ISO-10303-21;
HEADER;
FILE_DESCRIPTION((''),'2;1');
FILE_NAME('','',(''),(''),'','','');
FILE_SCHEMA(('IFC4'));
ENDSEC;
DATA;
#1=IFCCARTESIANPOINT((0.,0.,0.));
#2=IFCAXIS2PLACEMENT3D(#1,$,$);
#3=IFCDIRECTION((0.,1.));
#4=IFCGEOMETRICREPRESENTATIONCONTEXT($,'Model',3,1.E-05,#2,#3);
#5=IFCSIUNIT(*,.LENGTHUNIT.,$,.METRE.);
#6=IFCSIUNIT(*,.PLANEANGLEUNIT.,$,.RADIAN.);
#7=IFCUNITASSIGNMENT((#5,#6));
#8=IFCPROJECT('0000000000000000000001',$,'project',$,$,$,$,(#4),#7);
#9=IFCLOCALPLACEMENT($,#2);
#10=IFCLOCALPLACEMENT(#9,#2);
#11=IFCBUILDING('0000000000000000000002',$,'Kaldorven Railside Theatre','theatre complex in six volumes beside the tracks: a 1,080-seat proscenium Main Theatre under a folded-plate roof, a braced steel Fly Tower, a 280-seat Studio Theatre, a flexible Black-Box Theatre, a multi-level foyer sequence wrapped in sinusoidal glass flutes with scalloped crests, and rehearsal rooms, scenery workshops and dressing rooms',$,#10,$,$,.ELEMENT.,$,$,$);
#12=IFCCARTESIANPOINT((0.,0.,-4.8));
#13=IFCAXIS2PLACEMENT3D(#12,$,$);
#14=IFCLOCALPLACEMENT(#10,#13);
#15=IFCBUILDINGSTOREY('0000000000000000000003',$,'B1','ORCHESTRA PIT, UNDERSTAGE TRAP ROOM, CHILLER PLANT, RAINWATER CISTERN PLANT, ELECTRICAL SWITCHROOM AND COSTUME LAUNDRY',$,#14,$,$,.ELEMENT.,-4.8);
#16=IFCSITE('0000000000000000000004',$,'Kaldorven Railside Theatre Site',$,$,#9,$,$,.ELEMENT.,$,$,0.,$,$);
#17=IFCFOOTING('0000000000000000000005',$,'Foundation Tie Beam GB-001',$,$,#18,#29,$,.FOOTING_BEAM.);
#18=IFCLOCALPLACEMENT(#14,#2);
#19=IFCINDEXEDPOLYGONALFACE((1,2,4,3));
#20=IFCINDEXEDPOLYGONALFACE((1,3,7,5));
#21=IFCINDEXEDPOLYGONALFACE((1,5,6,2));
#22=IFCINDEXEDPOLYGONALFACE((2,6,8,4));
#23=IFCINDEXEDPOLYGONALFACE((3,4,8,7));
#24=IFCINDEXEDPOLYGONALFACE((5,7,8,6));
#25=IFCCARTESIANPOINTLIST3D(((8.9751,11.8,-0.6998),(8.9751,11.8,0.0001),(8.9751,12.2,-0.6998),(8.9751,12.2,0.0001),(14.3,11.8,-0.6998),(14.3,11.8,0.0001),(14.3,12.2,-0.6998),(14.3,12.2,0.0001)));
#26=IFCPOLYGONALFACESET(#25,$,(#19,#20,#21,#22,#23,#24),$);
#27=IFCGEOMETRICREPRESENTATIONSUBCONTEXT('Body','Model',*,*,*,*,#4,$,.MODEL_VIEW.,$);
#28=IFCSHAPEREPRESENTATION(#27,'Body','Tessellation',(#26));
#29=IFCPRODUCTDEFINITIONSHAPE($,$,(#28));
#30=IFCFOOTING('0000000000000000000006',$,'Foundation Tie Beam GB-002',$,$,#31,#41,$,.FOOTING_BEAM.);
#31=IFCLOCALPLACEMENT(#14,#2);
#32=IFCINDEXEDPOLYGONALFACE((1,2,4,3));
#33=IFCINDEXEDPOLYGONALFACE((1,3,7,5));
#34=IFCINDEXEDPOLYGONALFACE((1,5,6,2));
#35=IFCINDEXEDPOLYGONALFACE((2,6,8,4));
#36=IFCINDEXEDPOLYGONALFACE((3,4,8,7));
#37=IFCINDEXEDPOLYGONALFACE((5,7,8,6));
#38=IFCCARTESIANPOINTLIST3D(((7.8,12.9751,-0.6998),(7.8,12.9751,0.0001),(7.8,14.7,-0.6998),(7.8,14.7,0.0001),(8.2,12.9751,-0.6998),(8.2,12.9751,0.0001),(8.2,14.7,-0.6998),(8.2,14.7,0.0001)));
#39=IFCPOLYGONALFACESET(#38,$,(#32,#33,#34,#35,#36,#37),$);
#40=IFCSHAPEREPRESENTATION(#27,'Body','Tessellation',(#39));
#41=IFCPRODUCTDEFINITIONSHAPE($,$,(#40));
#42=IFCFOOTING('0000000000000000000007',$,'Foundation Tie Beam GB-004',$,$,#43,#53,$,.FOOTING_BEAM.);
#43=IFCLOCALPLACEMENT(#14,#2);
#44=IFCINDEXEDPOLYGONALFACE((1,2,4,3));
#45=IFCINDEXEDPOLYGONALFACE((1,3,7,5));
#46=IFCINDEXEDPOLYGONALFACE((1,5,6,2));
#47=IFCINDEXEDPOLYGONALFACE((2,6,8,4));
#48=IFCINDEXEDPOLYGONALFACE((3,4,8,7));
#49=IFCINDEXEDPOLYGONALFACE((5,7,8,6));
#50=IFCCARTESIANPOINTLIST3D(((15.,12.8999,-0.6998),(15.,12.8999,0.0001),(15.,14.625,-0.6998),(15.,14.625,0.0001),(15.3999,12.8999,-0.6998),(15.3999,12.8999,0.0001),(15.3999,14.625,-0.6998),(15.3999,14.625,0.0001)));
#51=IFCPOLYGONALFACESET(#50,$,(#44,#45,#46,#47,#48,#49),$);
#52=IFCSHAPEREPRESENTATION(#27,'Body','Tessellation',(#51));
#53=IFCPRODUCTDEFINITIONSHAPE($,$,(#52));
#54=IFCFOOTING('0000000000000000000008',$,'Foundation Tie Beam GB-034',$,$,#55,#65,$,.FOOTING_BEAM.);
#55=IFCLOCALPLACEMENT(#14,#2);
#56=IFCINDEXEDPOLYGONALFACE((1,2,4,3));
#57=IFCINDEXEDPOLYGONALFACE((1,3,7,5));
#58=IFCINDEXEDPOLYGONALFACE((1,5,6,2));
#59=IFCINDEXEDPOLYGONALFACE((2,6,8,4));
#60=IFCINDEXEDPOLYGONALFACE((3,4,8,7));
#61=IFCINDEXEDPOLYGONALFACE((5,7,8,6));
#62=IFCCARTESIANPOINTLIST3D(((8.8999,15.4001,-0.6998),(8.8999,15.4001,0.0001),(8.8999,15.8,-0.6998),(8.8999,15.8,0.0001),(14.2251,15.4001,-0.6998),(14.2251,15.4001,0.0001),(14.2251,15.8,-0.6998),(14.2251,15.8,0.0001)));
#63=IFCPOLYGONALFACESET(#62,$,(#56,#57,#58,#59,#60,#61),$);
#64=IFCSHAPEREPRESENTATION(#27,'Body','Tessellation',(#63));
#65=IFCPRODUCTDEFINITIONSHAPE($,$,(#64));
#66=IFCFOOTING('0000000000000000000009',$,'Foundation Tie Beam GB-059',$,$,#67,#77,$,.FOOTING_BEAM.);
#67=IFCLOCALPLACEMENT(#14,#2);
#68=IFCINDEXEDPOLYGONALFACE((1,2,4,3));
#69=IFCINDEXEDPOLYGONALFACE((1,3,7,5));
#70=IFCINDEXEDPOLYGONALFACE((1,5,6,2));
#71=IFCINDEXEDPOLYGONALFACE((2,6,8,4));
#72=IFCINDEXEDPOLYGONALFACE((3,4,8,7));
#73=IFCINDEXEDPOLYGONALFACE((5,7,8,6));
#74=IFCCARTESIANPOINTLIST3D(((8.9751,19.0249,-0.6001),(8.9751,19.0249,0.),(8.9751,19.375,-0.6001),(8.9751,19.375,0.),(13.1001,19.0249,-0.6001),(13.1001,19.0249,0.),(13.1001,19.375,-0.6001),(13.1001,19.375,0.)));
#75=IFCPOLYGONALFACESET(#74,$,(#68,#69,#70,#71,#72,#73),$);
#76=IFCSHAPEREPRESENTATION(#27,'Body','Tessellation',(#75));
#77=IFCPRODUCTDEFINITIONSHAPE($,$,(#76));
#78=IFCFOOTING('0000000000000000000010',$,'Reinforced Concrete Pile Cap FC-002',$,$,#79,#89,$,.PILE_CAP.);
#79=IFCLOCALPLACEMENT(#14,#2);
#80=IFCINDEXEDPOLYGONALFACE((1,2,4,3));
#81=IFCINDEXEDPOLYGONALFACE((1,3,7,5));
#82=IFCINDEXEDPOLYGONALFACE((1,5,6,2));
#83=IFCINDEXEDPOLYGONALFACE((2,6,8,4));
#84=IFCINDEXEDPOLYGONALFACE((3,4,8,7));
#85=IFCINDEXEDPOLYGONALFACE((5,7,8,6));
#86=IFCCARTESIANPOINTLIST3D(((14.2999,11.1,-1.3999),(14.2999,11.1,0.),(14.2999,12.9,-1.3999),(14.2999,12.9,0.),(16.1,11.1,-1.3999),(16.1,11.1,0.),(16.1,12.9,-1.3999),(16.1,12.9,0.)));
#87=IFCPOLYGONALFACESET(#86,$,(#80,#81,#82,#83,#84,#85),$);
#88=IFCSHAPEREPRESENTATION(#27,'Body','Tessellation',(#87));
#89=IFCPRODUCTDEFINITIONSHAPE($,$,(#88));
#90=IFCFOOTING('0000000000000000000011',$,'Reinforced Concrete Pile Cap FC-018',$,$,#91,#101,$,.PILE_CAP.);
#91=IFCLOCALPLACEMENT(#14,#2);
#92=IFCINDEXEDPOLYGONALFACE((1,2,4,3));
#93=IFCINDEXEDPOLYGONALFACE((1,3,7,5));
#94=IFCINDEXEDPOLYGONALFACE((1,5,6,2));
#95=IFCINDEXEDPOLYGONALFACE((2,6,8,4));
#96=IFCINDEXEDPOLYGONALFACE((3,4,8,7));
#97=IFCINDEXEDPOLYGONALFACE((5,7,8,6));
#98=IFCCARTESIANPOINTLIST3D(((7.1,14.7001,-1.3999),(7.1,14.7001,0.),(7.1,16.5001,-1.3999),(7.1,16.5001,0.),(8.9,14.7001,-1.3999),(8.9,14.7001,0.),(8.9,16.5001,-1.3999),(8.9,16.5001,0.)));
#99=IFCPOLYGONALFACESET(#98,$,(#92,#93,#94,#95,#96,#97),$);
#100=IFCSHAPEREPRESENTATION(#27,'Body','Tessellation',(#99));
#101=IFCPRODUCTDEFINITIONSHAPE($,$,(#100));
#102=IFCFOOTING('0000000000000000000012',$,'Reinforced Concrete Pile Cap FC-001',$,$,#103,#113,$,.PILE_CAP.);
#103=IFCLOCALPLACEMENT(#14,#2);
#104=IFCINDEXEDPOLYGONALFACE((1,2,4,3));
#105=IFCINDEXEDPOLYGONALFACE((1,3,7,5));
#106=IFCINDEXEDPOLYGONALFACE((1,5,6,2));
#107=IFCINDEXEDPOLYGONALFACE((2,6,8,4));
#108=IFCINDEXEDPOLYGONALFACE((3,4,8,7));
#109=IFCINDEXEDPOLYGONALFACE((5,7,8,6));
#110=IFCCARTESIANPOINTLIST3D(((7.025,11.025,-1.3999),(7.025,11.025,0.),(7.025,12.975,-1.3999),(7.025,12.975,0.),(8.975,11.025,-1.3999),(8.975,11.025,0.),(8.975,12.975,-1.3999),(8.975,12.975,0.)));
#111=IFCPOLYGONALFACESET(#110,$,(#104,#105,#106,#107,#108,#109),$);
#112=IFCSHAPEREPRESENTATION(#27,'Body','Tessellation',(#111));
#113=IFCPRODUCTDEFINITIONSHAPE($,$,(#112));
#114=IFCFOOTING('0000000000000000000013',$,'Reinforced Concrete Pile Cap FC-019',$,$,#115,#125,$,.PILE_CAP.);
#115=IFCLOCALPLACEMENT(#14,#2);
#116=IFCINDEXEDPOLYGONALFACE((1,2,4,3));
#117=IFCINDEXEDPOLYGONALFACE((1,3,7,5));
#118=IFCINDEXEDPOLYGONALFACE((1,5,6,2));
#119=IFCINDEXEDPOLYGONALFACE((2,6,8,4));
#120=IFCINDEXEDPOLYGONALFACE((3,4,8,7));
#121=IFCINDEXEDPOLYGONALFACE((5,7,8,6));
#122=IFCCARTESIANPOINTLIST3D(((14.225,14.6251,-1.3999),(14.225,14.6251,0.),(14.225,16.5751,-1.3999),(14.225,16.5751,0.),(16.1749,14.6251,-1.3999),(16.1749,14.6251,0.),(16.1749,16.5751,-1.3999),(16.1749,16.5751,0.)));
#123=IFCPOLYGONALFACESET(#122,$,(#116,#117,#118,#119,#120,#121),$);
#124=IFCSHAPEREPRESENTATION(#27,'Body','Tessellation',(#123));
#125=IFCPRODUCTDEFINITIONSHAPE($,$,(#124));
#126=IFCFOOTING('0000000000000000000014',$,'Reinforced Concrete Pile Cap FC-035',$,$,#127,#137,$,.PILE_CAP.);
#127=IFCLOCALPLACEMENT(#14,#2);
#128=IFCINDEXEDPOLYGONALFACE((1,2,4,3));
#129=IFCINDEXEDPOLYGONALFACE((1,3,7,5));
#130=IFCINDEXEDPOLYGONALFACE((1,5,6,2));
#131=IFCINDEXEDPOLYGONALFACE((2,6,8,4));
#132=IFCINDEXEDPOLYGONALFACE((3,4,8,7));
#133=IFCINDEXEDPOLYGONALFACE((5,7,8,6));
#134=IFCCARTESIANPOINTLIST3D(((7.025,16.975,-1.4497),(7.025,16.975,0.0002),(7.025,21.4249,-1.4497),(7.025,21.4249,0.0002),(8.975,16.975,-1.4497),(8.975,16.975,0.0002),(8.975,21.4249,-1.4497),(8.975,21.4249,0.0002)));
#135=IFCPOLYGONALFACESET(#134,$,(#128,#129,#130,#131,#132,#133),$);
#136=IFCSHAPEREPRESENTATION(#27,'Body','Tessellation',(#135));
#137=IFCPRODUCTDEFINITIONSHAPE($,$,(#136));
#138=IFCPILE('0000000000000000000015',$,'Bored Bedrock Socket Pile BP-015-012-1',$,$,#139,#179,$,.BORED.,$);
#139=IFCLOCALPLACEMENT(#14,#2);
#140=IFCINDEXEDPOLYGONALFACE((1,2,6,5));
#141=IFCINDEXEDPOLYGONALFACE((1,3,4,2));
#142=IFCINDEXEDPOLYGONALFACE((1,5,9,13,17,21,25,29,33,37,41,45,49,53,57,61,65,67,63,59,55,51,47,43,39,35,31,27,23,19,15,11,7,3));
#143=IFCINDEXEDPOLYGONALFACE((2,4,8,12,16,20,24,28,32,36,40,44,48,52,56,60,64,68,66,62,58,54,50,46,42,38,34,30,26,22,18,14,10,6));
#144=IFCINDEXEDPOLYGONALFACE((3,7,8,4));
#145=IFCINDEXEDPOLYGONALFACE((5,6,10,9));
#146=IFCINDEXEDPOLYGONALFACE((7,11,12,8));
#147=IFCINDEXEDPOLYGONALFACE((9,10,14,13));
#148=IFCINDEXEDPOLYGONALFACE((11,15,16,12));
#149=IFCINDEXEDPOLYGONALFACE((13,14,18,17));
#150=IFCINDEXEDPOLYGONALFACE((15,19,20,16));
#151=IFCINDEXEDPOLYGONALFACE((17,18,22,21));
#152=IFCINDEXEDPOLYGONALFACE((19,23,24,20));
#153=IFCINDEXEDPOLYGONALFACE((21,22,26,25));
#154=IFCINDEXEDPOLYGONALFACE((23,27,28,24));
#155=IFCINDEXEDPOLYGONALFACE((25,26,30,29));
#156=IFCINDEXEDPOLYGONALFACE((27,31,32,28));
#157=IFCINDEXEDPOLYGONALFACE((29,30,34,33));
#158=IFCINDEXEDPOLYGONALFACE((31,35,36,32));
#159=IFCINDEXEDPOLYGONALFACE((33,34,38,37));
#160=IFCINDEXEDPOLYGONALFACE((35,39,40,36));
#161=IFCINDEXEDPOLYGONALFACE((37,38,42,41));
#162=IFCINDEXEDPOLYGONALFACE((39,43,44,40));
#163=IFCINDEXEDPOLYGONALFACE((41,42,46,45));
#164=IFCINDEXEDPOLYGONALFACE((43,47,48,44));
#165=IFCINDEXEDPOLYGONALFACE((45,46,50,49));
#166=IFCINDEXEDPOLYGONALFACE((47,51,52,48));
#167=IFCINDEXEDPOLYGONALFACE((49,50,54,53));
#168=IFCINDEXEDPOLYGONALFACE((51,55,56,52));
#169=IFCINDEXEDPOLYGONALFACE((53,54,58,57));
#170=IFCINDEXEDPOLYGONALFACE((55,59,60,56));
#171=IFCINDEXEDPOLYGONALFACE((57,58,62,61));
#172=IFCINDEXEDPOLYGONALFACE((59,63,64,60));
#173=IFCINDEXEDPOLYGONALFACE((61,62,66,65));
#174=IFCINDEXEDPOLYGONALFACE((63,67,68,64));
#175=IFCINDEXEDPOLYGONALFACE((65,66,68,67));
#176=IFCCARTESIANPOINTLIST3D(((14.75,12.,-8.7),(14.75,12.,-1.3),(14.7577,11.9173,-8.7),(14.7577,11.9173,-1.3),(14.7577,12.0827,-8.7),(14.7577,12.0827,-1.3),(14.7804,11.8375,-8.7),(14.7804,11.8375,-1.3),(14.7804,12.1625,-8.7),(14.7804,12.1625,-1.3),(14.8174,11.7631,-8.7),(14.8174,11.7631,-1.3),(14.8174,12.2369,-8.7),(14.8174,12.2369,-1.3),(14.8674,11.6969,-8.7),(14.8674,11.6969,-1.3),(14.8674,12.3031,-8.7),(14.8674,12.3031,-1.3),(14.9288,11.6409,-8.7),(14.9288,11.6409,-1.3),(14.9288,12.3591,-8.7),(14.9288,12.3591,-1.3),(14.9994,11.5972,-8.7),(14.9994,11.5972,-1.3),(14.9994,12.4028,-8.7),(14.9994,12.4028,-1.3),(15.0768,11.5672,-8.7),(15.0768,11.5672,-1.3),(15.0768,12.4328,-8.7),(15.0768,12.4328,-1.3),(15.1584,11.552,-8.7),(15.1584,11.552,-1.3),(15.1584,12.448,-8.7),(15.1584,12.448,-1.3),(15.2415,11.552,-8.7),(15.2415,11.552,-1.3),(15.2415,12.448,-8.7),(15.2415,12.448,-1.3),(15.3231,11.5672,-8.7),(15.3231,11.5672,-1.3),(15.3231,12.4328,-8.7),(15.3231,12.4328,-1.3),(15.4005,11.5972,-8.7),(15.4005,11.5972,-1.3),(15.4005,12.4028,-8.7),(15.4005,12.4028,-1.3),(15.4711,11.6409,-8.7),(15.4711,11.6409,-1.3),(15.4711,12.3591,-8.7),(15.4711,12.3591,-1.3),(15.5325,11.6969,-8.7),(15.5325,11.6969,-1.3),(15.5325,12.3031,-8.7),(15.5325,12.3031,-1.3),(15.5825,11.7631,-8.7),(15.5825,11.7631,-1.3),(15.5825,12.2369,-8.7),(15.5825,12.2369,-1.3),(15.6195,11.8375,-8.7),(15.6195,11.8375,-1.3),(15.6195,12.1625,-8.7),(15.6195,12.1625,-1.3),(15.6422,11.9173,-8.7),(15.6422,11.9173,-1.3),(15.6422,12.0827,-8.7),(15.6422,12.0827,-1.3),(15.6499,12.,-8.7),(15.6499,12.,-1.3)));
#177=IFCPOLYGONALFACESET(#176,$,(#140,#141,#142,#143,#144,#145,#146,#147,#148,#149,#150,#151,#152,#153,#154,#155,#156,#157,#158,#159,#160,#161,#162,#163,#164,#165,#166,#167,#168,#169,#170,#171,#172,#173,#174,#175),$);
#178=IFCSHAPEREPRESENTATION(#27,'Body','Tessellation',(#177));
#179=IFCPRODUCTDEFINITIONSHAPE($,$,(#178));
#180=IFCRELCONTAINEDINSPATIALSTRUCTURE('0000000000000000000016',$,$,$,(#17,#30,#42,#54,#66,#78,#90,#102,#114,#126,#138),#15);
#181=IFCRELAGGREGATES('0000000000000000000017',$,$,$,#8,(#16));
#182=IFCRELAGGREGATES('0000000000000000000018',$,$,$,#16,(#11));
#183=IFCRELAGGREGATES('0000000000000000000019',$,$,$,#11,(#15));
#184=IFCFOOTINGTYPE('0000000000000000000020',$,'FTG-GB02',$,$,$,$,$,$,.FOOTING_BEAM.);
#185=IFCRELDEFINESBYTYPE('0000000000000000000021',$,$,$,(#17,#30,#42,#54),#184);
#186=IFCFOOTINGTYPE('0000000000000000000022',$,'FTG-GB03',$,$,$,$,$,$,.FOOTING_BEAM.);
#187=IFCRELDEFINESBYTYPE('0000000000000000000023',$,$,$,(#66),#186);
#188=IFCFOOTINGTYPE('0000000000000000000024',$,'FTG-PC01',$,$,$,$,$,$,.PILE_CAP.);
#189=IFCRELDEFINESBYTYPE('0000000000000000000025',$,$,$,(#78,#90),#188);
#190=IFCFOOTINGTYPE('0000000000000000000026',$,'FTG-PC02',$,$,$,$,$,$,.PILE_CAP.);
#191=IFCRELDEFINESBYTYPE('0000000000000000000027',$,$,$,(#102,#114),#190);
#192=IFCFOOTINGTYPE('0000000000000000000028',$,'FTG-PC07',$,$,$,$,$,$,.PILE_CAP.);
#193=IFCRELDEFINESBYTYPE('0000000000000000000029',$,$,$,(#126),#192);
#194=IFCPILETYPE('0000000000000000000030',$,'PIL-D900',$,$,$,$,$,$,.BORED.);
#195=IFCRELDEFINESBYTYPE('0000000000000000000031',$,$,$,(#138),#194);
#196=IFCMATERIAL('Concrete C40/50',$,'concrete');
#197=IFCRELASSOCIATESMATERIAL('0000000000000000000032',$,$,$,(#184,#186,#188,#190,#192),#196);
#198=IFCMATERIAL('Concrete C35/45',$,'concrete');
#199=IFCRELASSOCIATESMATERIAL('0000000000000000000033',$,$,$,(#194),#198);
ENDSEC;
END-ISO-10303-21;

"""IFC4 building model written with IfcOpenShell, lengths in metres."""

from ifc_helpers import new_model, si_unit, direction, frame, origin, origin_2d, place, context, subcontext, project, spatial, rectangle, circle, extrude, material, material_profile, profile_set, type_object, element, save


model = new_model("IFC4")

# Units and contexts
model_context = context("Model", 3, precision=1e-05, world=origin(), true_north=direction((0.0, 1.0)))
body_context = subcontext(model_context, "Body", "Model", "MODEL_VIEW")
ifc_project = project(units=[si_unit("LENGTHUNIT", "METRE"), si_unit("PLANEANGLEUNIT", "RADIAN")], contexts=[model_context])

# Site, building, storey
site_placement = place(None, origin())
site = spatial("IfcSite", under=ifc_project, at=site_placement, Name="Kaldorven Railside Theatre Site", CompositionType="ELEMENT", RefElevation=0.0)
building_placement = place(site_placement, origin())
building = spatial("IfcBuilding", under=site, at=building_placement, Name="Kaldorven Railside Theatre", Description="theatre complex in six volumes beside the tracks: a 1,080-seat proscenium Main Theatre under a folded-plate roof, a braced steel Fly Tower, a 280-seat Studio Theatre, a flexible Black-Box Theatre, a multi-level foyer sequence wrapped in sinusoidal glass flutes with scalloped crests, and rehearsal rooms, scenery workshops and dressing rooms", CompositionType="ELEMENT")
storey_placement = place(building_placement, frame((0.0, 0.0, -4.8)))
storey = spatial("IfcBuildingStorey", under=building, at=storey_placement, Name="B1", Description="ORCHESTRA PIT, UNDERSTAGE TRAP ROOM, CHILLER PLANT, RAINWATER CISTERN PLANT, ELECTRICAL SWITCHROOM AND COSTUME LAUNDRY", CompositionType="ELEMENT", Elevation=-4.8)

# Footings
ifc_material_1 = material(Name="Concrete C40/50", Category="concrete")
ifc_material_profile_1 = material_profile(ifc_material_1, rectangle(XDim=0.3999, YDim=0.7, at=origin_2d()), Name="RC 400x700")
ifc_profile_set_1 = profile_set([ifc_material_profile_1], Name="Concrete C40/50")
footing_type_1 = type_object("IfcFootingType", Name="FTG-GB02", PredefinedType="FOOTING_BEAM", material=ifc_profile_set_1)
footing_1_placement = place(storey_placement, frame((8.9751, 12.0, -0.3499), z_axis=(1.0, 0.0, 0.0), x_axis=(0.0, 1.0, 0.0)))
element("IfcFooting", 1, at=footing_1_placement, inside=storey, type_object=footing_type_1, Name="Foundation Tie Beam GB-001", PredefinedType="FOOTING_BEAM", context=body_context, shape_type="SweptSolid", body=[
    extrude(rectangle(XDim=0.3999, YDim=0.7, at=origin_2d()), origin(), (0.0, 0.0, 1.0), 5.325),
])
footing_2_placement = place(storey_placement, frame((8.0, 12.9751, -0.3499), z_axis=(0.0, 1.0, 0.0), x_axis=(-1.0, 0.0, 0.0)))
element("IfcFooting", 2, at=footing_2_placement, inside=storey, type_object=footing_type_1, Name="Foundation Tie Beam GB-002", PredefinedType="FOOTING_BEAM", context=body_context, shape_type="SweptSolid", body=[
    extrude(rectangle(XDim=0.3999, YDim=0.7, at=origin_2d()), origin(), (0.0, 0.0, 1.0), 1.7249),
])
footing_3_placement = place(storey_placement, frame((15.2, 12.8999, -0.3499), z_axis=(0.0, 1.0, 0.0), x_axis=(-1.0, 0.0, 0.0)))
element("IfcFooting", 3, at=footing_3_placement, inside=storey, type_object=footing_type_1, Name="Foundation Tie Beam GB-004", PredefinedType="FOOTING_BEAM", context=body_context, shape_type="SweptSolid", body=[
    extrude(rectangle(XDim=0.3999, YDim=0.7, at=origin_2d()), origin(), (0.0, 0.0, 1.0), 1.7251),
])
footing_4_placement = place(storey_placement, frame((8.8999, 15.6001, -0.3499), z_axis=(1.0, 0.0, 0.0), x_axis=(0.0, 1.0, 0.0)))
element("IfcFooting", 4, at=footing_4_placement, inside=storey, type_object=footing_type_1, Name="Foundation Tie Beam GB-034", PredefinedType="FOOTING_BEAM", context=body_context, shape_type="SweptSolid", body=[
    extrude(rectangle(XDim=0.3999, YDim=0.7, at=origin_2d()), origin(), (0.0, 0.0, 1.0), 5.3252),
])
ifc_material_profile_2 = material_profile(ifc_material_1, rectangle(XDim=0.3501, YDim=0.6001, at=origin_2d()), Name="RC 350x600")
ifc_profile_set_2 = profile_set([ifc_material_profile_2], Name="Concrete C40/50")
footing_type_2 = type_object("IfcFootingType", Name="FTG-GB03", PredefinedType="FOOTING_BEAM", material=ifc_profile_set_2)
footing_5_placement = place(storey_placement, frame((8.9751, 19.2, -0.3), z_axis=(1.0, 0.0, 0.0), x_axis=(0.0, 1.0, 0.0)))
element("IfcFooting", 5, at=footing_5_placement, inside=storey, type_object=footing_type_2, Name="Foundation Tie Beam GB-059", PredefinedType="FOOTING_BEAM", context=body_context, shape_type="SweptSolid", body=[
    extrude(rectangle(XDim=0.3501, YDim=0.6001, at=origin_2d()), origin(), (0.0, 0.0, 1.0), 4.125),
])
footing_type_3 = type_object("IfcFootingType", Name="FTG-PC01", PredefinedType="PILE_CAP", material=ifc_material_1)
for number, where, z_axis, x_axis, name in (
    (6, (15.2, 12.0, -1.3999), (0.0, 0.0, 1.0), (1.0, 0.0, 0.0), "Reinforced Concrete Pile Cap FC-002"),
    (7, (8.0, 15.6001, -1.3999), (0.0, 0.0, 1.0), (1.0, 0.0, 0.0), "Reinforced Concrete Pile Cap FC-018"),
):
    element("IfcFooting", number, at=place(storey_placement, frame(where, z_axis=z_axis, x_axis=x_axis)), inside=storey, type_object=footing_type_3, Name=name, PredefinedType="PILE_CAP", context=body_context, shape_type="SweptSolid", body=[
        extrude(rectangle(XDim=1.8, YDim=1.8, at=origin_2d()), origin(), (0.0, 0.0, 1.0), 1.3999),
    ])
footing_type_4 = type_object("IfcFootingType", Name="FTG-PC02", PredefinedType="PILE_CAP", material=ifc_material_1)
for number, where, z_axis, x_axis, name in (
    (8, (8.0, 12.0, -1.3999), (0.0, 0.0, 1.0), (1.0, 0.0, 0.0), "Reinforced Concrete Pile Cap FC-001"),
    (9, (15.2, 15.6001, -1.3999), (0.0, 0.0, 1.0), (1.0, 0.0, 0.0), "Reinforced Concrete Pile Cap FC-019"),
):
    element("IfcFooting", number, at=place(storey_placement, frame(where, z_axis=z_axis, x_axis=x_axis)), inside=storey, type_object=footing_type_4, Name=name, PredefinedType="PILE_CAP", context=body_context, shape_type="SweptSolid", body=[
        extrude(rectangle(XDim=1.95, YDim=1.95, at=origin_2d()), origin(), (0.0, 0.0, 1.0), 1.3999),
    ])
footing_type_5 = type_object("IfcFootingType", Name="FTG-PC07", PredefinedType="PILE_CAP", material=ifc_material_1)
footing_6_placement = place(storey_placement, frame((8.0, 19.2, -1.4497), z_axis=(0.0, 0.0, 1.0), x_axis=(1.0, 0.0, 0.0)))
element("IfcFooting", 10, at=footing_6_placement, inside=storey, type_object=footing_type_5, Name="Reinforced Concrete Pile Cap FC-035", PredefinedType="PILE_CAP", context=body_context, shape_type="SweptSolid", body=[
    extrude(rectangle(XDim=1.95, YDim=4.45, at=origin_2d()), origin(), (0.0, 0.0, 1.0), 1.45),
])

# Pile
ifc_material_2 = material(Name="Concrete C35/45", Category="concrete")
ifc_material_profile_3 = material_profile(ifc_material_2, circle(Radius=0.45, at=origin_2d()), Name="BP D900")
ifc_profile_set_3 = profile_set([ifc_material_profile_3], Name="Concrete C35/45")
pile_type_1 = type_object("IfcPileType", Name="PIL-D900", PredefinedType="BORED", material=ifc_profile_set_3)
for number, where, z_axis, x_axis, name in (
    (11, (15.2, 12.0, -1.3), (0.0, 0.0, -1.0), (1.0, 0.0, 0.0), "Bored Bedrock Socket Pile BP-015-012-1"),
):
    element("IfcPile", number, at=place(storey_placement, frame(where, z_axis=z_axis, x_axis=x_axis)), inside=storey, type_object=pile_type_1, Name=name, PredefinedType="BORED", context=body_context, shape_type="SweptSolid", body=[
        extrude(circle(Radius=0.45, at=origin_2d()), origin(), (0.0, 0.0, 1.0), 7.3999),
    ])

save(model, "model.ifc")
